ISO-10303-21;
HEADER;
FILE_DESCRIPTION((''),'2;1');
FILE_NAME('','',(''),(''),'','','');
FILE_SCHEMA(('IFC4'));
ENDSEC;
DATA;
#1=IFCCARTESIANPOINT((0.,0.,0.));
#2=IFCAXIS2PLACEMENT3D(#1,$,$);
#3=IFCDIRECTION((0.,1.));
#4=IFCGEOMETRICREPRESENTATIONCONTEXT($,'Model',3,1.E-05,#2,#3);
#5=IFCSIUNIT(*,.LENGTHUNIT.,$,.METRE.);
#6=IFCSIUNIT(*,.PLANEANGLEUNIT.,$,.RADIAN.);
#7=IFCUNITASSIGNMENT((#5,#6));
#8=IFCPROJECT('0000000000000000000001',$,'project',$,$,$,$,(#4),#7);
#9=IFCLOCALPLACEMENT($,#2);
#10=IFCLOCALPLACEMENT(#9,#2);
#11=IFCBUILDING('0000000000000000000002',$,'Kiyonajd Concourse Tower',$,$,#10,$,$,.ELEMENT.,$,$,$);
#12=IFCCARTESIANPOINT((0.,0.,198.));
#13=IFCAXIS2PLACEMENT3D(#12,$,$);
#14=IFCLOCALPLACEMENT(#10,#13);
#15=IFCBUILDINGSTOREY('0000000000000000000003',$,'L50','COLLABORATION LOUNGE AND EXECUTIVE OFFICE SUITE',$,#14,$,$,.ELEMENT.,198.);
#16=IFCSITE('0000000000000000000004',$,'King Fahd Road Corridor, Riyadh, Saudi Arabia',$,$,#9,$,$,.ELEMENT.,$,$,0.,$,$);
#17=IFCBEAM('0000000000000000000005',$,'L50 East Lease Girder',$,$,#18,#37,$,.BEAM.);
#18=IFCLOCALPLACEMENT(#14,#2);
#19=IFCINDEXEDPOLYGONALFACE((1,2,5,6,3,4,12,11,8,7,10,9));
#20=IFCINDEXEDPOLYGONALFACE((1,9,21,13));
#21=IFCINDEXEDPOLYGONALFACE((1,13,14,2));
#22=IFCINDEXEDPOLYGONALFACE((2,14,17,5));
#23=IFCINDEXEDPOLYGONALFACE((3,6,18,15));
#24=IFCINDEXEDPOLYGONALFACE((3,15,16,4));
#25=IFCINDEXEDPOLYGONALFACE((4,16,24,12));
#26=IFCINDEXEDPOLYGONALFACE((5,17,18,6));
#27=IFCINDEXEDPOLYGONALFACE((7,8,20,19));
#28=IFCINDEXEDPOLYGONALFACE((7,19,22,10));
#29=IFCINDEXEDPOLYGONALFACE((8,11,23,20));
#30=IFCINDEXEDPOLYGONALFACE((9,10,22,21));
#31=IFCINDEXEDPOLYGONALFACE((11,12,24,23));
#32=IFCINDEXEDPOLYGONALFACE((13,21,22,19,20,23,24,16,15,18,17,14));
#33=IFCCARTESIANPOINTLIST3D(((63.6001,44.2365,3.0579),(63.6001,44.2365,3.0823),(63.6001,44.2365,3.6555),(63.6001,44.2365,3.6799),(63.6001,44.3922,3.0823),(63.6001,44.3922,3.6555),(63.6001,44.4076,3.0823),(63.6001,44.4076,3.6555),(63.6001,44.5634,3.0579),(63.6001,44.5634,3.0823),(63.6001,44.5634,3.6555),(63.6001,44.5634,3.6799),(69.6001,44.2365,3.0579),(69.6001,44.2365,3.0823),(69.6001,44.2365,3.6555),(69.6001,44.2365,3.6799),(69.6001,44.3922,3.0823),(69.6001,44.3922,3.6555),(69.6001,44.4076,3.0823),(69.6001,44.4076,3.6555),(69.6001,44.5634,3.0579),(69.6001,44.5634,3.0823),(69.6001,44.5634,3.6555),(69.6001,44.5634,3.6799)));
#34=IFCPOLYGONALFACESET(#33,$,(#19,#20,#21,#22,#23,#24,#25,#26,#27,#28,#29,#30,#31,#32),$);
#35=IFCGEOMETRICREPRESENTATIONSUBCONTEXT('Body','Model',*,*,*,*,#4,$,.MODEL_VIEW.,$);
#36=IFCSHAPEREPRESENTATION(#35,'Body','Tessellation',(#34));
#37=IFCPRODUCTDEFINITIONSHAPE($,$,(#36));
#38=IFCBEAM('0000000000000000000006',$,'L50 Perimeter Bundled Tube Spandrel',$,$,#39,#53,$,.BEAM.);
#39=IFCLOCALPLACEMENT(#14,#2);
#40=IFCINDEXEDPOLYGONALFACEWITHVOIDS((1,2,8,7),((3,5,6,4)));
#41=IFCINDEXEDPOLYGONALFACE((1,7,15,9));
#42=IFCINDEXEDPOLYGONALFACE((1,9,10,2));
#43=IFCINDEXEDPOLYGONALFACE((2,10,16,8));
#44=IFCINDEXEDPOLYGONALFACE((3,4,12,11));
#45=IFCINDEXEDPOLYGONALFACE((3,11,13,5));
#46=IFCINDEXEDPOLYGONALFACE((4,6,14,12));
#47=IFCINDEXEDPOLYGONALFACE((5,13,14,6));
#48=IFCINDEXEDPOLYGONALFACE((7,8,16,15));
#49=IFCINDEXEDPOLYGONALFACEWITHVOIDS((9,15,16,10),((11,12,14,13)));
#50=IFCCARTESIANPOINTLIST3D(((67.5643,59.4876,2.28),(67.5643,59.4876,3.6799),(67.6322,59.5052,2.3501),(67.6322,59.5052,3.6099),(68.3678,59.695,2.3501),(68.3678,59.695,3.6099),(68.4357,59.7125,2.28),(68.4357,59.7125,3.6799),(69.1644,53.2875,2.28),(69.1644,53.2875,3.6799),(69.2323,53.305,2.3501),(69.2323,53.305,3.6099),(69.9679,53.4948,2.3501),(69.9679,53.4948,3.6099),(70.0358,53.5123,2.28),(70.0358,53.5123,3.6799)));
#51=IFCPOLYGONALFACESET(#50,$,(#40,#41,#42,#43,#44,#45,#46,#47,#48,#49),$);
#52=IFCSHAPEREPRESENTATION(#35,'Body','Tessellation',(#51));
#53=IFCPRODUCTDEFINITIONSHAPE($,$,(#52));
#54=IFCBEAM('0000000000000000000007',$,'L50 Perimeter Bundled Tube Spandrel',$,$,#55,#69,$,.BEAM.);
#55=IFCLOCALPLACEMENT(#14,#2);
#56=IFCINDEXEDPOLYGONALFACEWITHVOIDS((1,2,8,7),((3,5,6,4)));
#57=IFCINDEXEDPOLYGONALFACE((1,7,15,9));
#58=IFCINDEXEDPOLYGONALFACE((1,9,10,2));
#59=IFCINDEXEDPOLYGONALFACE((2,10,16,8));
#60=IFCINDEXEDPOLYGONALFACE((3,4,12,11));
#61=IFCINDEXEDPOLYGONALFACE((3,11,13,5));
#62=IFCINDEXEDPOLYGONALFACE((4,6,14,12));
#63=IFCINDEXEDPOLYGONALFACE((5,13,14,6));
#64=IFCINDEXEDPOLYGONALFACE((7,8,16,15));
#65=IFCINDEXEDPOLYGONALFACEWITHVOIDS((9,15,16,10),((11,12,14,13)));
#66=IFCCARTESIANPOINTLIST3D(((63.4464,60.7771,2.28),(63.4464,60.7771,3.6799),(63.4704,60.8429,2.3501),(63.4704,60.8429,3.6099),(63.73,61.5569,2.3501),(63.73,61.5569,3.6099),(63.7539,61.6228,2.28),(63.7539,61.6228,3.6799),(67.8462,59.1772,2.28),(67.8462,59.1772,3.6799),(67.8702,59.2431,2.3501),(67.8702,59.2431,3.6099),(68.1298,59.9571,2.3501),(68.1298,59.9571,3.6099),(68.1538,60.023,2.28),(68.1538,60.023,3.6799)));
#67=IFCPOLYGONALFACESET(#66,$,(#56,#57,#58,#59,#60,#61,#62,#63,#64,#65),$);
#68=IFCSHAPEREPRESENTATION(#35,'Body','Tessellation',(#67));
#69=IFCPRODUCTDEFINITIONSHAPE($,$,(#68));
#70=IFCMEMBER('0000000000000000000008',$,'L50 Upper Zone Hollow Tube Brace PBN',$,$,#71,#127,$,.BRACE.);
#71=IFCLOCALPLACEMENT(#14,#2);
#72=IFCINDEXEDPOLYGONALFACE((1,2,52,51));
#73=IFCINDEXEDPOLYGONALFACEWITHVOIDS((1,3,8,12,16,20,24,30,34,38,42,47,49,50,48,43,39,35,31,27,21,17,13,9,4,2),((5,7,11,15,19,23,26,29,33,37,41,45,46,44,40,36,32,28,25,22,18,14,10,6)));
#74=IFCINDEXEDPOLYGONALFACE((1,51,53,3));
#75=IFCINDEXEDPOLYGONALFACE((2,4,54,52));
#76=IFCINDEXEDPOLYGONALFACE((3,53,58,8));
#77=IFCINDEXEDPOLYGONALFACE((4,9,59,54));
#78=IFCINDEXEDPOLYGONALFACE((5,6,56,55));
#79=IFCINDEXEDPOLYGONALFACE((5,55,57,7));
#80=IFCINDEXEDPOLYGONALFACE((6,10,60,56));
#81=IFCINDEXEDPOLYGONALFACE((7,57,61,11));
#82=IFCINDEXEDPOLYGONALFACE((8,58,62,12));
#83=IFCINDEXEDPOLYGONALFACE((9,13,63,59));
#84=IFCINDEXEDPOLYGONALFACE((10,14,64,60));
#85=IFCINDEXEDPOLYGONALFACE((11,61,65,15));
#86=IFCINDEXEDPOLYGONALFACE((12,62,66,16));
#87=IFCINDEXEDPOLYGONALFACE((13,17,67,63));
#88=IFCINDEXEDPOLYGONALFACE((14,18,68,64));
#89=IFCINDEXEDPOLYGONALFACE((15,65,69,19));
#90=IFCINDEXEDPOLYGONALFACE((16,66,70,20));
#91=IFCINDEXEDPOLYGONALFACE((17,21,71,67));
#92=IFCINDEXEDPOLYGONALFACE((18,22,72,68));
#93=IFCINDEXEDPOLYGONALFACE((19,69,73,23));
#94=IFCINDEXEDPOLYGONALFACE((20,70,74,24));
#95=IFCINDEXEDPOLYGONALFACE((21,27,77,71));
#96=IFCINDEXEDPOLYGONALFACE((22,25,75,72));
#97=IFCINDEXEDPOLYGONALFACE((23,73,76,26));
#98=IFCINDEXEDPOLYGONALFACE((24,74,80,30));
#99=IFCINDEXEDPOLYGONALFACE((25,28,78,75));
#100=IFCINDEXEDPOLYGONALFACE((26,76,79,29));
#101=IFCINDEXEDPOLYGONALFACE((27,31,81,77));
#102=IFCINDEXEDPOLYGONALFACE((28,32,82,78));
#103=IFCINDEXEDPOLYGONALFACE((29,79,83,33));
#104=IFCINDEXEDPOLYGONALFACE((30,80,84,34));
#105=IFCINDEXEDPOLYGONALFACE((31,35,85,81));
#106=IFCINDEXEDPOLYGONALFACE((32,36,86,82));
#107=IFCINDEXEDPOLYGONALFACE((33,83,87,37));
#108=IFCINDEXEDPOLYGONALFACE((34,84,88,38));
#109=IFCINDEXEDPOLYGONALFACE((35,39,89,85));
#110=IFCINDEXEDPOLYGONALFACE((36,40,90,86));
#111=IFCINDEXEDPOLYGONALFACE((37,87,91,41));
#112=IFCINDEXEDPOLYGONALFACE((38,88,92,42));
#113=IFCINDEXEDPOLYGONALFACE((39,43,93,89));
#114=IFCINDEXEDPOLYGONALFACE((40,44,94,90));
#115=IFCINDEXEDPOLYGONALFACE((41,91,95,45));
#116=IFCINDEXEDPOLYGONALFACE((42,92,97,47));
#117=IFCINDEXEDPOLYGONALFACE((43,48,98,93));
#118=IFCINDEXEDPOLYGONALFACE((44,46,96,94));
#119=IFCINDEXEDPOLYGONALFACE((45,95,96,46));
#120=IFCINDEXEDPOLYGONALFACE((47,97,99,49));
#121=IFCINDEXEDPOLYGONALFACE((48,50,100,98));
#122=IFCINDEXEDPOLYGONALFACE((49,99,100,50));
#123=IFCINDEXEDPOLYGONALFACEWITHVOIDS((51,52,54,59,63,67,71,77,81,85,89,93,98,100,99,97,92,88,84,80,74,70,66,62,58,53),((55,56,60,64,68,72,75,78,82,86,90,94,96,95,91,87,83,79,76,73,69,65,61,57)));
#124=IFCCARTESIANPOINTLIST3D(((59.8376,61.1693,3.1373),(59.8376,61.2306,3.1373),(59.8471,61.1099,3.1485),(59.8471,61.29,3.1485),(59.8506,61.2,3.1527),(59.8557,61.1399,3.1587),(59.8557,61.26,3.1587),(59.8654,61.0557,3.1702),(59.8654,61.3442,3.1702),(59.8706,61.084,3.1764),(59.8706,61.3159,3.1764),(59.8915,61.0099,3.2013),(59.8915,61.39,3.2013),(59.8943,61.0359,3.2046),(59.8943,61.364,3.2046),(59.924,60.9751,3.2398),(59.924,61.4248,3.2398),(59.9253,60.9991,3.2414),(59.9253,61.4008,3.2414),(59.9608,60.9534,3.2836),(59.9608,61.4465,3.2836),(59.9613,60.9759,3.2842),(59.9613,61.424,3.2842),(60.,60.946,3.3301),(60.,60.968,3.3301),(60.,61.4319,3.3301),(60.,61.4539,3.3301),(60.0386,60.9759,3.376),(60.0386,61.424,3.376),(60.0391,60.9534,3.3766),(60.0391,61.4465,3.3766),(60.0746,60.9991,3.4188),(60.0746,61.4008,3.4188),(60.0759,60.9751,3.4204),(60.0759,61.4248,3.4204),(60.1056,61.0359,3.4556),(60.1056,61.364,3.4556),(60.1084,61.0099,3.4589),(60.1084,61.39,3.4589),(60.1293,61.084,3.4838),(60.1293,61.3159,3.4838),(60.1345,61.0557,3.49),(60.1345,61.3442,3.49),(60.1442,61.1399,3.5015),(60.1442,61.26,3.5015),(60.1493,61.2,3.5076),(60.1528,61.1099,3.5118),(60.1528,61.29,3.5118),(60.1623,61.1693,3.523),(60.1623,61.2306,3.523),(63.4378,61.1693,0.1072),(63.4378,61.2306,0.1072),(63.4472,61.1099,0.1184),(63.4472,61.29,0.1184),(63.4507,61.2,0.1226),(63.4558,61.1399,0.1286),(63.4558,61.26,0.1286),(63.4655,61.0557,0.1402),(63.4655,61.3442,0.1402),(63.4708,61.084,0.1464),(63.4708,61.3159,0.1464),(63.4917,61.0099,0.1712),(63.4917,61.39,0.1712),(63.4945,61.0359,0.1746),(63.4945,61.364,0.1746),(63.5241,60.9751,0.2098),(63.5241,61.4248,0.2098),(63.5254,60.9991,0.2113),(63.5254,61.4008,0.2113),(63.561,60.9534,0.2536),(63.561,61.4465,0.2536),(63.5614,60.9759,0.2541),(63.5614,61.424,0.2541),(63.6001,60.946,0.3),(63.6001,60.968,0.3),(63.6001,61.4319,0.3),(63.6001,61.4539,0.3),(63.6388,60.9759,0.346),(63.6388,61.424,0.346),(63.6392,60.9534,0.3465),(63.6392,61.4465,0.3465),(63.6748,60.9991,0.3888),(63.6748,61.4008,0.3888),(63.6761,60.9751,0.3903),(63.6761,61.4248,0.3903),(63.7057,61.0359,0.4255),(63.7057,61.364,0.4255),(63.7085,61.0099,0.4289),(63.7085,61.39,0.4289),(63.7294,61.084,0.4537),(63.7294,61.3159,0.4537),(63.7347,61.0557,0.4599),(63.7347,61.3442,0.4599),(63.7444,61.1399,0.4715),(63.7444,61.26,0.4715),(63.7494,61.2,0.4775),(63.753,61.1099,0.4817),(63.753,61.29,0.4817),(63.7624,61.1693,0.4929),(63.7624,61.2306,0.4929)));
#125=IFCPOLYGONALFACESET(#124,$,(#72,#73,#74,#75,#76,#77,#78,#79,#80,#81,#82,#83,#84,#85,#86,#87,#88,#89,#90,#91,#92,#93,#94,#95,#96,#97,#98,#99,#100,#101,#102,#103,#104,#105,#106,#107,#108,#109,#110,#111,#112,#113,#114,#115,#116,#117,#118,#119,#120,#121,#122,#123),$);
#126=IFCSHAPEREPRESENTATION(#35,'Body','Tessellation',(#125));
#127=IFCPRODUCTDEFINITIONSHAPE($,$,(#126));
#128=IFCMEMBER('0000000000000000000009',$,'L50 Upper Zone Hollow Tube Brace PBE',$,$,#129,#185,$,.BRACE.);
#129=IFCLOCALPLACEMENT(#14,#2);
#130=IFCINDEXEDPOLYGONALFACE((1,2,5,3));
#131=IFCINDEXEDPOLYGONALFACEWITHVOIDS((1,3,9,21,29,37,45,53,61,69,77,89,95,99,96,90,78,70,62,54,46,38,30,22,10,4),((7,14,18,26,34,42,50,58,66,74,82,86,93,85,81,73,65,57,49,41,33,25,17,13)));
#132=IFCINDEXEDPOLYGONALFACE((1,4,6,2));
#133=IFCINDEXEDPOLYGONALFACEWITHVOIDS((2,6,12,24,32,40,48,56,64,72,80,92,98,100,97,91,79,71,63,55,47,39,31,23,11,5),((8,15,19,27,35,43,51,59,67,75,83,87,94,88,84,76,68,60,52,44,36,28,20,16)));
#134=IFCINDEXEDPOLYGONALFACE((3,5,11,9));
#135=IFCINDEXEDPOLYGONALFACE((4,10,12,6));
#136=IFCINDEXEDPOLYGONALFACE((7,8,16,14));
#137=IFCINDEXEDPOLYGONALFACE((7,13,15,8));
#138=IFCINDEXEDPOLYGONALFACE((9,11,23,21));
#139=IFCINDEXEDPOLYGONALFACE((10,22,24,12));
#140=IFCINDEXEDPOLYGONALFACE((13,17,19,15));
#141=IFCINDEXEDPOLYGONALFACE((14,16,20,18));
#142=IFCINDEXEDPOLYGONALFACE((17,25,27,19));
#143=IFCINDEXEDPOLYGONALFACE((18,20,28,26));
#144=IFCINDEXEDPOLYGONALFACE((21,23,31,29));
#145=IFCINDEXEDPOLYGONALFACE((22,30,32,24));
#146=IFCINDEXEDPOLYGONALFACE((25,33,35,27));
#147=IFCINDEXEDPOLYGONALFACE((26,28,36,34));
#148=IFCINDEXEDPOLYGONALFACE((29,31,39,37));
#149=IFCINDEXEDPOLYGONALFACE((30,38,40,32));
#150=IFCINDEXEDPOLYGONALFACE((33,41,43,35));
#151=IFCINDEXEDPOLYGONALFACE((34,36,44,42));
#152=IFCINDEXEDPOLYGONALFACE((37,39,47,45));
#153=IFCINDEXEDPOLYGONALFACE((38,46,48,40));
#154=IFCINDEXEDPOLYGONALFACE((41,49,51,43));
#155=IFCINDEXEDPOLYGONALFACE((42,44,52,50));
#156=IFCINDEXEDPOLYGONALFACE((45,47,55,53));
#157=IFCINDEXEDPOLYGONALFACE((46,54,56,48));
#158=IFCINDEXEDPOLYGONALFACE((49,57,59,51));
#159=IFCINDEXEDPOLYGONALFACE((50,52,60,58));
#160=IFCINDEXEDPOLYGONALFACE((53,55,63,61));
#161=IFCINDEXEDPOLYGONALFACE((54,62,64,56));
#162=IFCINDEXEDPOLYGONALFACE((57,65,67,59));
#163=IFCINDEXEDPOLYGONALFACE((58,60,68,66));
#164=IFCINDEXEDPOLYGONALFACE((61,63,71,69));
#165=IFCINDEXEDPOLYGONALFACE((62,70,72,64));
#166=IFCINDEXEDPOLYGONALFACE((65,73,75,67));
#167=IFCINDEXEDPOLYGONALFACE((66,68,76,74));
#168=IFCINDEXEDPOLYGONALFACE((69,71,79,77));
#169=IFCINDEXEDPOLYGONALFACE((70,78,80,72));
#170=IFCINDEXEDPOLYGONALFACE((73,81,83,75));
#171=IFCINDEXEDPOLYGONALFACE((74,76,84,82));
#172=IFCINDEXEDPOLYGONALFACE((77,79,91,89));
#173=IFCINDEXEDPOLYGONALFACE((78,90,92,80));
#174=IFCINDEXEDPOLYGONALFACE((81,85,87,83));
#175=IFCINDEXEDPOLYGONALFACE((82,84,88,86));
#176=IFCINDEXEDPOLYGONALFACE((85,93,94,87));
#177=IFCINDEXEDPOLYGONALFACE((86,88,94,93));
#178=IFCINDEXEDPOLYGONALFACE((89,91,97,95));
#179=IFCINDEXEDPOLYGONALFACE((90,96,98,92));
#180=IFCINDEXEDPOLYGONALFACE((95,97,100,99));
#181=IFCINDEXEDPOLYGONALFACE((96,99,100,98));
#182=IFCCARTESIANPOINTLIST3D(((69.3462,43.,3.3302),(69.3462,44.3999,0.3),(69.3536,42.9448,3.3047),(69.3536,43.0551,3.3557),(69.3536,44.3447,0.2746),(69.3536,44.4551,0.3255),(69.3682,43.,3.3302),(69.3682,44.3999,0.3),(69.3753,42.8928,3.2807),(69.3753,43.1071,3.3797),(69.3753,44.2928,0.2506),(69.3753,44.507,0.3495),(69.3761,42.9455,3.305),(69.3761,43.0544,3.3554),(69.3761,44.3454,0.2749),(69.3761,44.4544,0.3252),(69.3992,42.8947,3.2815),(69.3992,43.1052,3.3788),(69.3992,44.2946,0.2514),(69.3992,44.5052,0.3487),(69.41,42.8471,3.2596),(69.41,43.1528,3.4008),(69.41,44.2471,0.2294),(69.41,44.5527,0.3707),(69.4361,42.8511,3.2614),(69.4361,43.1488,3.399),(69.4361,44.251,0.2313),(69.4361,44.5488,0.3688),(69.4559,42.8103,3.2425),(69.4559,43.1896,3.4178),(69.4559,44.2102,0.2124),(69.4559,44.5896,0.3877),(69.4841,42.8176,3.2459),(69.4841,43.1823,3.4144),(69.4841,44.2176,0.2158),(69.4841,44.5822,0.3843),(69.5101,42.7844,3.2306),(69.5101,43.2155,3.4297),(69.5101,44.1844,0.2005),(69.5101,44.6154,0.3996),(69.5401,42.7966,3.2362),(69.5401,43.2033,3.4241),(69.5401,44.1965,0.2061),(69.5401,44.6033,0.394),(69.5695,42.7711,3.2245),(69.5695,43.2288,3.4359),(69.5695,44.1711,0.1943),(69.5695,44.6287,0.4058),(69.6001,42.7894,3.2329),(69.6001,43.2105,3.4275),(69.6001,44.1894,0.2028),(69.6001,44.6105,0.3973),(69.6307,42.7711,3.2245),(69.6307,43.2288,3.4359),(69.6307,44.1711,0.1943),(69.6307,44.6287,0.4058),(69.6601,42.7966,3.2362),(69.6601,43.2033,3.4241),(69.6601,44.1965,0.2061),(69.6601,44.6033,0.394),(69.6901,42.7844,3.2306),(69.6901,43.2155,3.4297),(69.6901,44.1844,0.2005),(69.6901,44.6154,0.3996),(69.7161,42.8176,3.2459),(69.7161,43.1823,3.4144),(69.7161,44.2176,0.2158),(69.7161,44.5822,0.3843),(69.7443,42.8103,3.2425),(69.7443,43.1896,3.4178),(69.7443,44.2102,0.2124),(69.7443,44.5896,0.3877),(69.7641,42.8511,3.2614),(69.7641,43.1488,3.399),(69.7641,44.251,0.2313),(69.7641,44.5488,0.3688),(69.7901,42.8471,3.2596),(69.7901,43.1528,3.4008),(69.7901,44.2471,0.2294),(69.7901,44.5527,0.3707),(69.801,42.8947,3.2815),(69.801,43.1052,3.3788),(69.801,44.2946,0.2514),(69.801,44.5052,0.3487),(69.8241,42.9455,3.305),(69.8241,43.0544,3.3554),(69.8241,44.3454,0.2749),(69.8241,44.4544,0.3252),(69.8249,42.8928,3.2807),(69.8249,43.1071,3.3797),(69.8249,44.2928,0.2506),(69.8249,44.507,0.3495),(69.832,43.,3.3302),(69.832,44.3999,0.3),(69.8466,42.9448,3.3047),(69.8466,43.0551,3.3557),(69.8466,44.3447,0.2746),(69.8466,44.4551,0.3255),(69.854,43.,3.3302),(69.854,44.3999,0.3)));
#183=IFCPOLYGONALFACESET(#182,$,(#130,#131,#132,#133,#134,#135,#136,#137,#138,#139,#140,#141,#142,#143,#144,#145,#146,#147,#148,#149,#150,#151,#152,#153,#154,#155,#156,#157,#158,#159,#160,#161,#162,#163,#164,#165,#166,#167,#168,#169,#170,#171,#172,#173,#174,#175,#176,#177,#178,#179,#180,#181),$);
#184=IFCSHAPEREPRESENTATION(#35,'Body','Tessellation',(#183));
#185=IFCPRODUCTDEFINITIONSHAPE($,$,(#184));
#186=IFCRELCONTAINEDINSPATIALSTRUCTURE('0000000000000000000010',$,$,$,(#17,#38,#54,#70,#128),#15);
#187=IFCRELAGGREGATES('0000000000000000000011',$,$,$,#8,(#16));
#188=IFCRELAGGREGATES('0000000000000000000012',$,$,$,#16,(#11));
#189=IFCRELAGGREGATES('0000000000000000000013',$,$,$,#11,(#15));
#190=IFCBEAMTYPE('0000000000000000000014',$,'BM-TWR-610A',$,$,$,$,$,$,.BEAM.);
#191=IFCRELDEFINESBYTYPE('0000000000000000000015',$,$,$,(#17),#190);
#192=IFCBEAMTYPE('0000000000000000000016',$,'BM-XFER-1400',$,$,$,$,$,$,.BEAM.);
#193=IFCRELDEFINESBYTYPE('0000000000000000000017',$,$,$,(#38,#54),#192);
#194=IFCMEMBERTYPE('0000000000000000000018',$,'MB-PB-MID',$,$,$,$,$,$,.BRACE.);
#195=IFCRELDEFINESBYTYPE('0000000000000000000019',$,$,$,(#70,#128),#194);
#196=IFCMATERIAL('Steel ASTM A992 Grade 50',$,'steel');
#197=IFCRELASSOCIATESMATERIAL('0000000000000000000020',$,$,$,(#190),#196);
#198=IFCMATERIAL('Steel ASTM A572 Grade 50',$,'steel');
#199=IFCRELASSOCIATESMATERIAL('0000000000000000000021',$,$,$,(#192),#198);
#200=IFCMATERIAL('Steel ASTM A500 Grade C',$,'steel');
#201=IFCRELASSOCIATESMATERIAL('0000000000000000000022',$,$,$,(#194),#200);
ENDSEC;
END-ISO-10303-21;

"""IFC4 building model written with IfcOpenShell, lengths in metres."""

from ifc_helpers import new_model, si_unit, direction, frame, origin, origin_2d, place, context, subcontext, project, spatial, hollow_rectangle, hollow_circle, i_section, extrude, material, material_profile, profile_set, type_object, element, save


model = new_model("IFC4")

# Units and contexts
model_context = context("Model", 3, precision=1e-05, world=origin(), true_north=direction((0.0, 1.0)))
body_context = subcontext(model_context, "Body", "Model", "MODEL_VIEW")
ifc_project = project(units=[si_unit("LENGTHUNIT", "METRE"), si_unit("PLANEANGLEUNIT", "RADIAN")], contexts=[model_context])

# Site, building, storey
site_placement = place(None, origin())
site = spatial("IfcSite", under=ifc_project, at=site_placement, Name="King Fahd Road Corridor, Riyadh, Saudi Arabia", CompositionType="ELEMENT", RefElevation=0.0)
building_placement = place(site_placement, origin())
building = spatial("IfcBuilding", under=site, at=building_placement, Name="Kiyonajd Concourse Tower", CompositionType="ELEMENT")
storey_placement = place(building_placement, frame((0.0, 0.0, 198.0)))
storey = spatial("IfcBuildingStorey", under=building, at=storey_placement, Name="L50", Description="COLLABORATION LOUNGE AND EXECUTIVE OFFICE SUITE", CompositionType="ELEMENT", Elevation=198.0)

# Beams
ifc_material_1 = material(Name="Steel ASTM A992 Grade 50", Category="steel")
ifc_material_profile_1 = material_profile(ifc_material_1, i_section(OverallWidth=0.3269, OverallDepth=0.6221, WebThickness=0.0154, FlangeThickness=0.0244, at=origin_2d()), Name="W610X195")
ifc_profile_set_1 = profile_set([ifc_material_profile_1], Name="Steel ASTM A992 Grade 50")
beam_type_1 = type_object("IfcBeamType", Name="BM-TWR-610A", PredefinedType="BEAM", material=ifc_profile_set_1)
beam_1_placement = place(storey_placement, frame((63.6001, 44.3999, 3.3689), z_axis=(1.0, 0.0, 0.0), x_axis=(0.0, 1.0, 0.0)))
element("IfcBeam", 1, at=beam_1_placement, inside=storey, type_object=beam_type_1, Name="L50 East Lease Girder", PredefinedType="BEAM", context=body_context, shape_type="SweptSolid", body=[
    extrude(i_section(OverallWidth=0.3269, OverallDepth=0.6221, WebThickness=0.0154, FlangeThickness=0.0244, at=origin_2d()), origin(), (0.0, 0.0, 1.0), 6.0),
])
ifc_material_2 = material(Name="Steel ASTM A572 Grade 50", Category="steel")
ifc_material_profile_2 = material_profile(ifc_material_2, hollow_rectangle(XDim=0.8999, YDim=1.3999, WallThickness=0.0701, at=origin_2d()), Name="BOX-1400x900x70")
ifc_profile_set_2 = profile_set([ifc_material_profile_2], Name="Steel ASTM A572 Grade 50")
beam_type_2 = type_object("IfcBeamType", Name="BM-XFER-1400", PredefinedType="BEAM", material=ifc_profile_set_2)
beam_2_placement = place(storey_placement, frame((69.6001, 53.3999, 2.98), z_axis=(-0.249885, 0.968276, 0.0), x_axis=(-0.968276, -0.249885, 0.0)))
element("IfcBeam", 2, at=beam_2_placement, inside=storey, type_object=beam_type_2, Name="L50 Perimeter Bundled Tube Spandrel", PredefinedType="BEAM", context=body_context, shape_type="SweptSolid", body=[
    extrude(hollow_rectangle(XDim=0.8999, YDim=1.3999, WallThickness=0.0701, at=origin_2d()), origin(), (0.0, 0.0, 1.0), 6.4033),
])
beam_3_placement = place(storey_placement, frame((68.0, 59.6001, 2.98), z_axis=(-0.939801, 0.341722, 0.0), x_axis=(-0.341722, -0.939801, 0.0)))
element("IfcBeam", 3, at=beam_3_placement, inside=storey, type_object=beam_type_2, Name="L50 Perimeter Bundled Tube Spandrel", PredefinedType="BEAM", context=body_context, shape_type="SweptSolid", body=[
    extrude(hollow_rectangle(XDim=0.8999, YDim=1.3999, WallThickness=0.0701, at=origin_2d()), origin(), (0.0, 0.0, 1.0), 4.6816),
])

# Members
ifc_material_3 = material(Name="Steel ASTM A500 Grade C", Category="steel")
ifc_material_profile_3 = material_profile(ifc_material_3, hollow_circle(Radius=0.2539, WallThickness=0.022, at=origin_2d()), Name="CHS-508x22")
ifc_profile_set_3 = profile_set([ifc_material_profile_3], Name="Steel ASTM A500 Grade C")
member_type = type_object("IfcMemberType", Name="MB-PB-MID", PredefinedType="BRACE", material=ifc_profile_set_3)
member_1_placement = place(storey_placement, frame((63.6001, 61.2, 0.3), z_axis=(-0.765082, 0.0, 0.643933), x_axis=(0.0, -1.0, 0.0)))
element("IfcMember", 4, at=member_1_placement, inside=storey, type_object=member_type, Name="L50 Upper Zone Hollow Tube Brace PBN", PredefinedType="BRACE", context=body_context, shape_type="SweptSolid", body=[
    extrude(hollow_circle(Radius=0.2539, WallThickness=0.022, at=origin_2d()), origin(), (0.0, 0.0, 1.0), 4.7056),
])
member_2_placement = place(storey_placement, frame((69.6001, 44.3999, 0.3), z_axis=(0.0, -0.419411, 0.907797), x_axis=(1.0, 0.0, 0.0)))
element("IfcMember", 5, at=member_2_placement, inside=storey, type_object=member_type, Name="L50 Upper Zone Hollow Tube Brace PBE", PredefinedType="BRACE", context=body_context, shape_type="SweptSolid", body=[
    extrude(hollow_circle(Radius=0.2539, WallThickness=0.022, at=origin_2d()), origin(), (0.0, 0.0, 1.0), 3.3379),
])

save(model, "model.ifc")
